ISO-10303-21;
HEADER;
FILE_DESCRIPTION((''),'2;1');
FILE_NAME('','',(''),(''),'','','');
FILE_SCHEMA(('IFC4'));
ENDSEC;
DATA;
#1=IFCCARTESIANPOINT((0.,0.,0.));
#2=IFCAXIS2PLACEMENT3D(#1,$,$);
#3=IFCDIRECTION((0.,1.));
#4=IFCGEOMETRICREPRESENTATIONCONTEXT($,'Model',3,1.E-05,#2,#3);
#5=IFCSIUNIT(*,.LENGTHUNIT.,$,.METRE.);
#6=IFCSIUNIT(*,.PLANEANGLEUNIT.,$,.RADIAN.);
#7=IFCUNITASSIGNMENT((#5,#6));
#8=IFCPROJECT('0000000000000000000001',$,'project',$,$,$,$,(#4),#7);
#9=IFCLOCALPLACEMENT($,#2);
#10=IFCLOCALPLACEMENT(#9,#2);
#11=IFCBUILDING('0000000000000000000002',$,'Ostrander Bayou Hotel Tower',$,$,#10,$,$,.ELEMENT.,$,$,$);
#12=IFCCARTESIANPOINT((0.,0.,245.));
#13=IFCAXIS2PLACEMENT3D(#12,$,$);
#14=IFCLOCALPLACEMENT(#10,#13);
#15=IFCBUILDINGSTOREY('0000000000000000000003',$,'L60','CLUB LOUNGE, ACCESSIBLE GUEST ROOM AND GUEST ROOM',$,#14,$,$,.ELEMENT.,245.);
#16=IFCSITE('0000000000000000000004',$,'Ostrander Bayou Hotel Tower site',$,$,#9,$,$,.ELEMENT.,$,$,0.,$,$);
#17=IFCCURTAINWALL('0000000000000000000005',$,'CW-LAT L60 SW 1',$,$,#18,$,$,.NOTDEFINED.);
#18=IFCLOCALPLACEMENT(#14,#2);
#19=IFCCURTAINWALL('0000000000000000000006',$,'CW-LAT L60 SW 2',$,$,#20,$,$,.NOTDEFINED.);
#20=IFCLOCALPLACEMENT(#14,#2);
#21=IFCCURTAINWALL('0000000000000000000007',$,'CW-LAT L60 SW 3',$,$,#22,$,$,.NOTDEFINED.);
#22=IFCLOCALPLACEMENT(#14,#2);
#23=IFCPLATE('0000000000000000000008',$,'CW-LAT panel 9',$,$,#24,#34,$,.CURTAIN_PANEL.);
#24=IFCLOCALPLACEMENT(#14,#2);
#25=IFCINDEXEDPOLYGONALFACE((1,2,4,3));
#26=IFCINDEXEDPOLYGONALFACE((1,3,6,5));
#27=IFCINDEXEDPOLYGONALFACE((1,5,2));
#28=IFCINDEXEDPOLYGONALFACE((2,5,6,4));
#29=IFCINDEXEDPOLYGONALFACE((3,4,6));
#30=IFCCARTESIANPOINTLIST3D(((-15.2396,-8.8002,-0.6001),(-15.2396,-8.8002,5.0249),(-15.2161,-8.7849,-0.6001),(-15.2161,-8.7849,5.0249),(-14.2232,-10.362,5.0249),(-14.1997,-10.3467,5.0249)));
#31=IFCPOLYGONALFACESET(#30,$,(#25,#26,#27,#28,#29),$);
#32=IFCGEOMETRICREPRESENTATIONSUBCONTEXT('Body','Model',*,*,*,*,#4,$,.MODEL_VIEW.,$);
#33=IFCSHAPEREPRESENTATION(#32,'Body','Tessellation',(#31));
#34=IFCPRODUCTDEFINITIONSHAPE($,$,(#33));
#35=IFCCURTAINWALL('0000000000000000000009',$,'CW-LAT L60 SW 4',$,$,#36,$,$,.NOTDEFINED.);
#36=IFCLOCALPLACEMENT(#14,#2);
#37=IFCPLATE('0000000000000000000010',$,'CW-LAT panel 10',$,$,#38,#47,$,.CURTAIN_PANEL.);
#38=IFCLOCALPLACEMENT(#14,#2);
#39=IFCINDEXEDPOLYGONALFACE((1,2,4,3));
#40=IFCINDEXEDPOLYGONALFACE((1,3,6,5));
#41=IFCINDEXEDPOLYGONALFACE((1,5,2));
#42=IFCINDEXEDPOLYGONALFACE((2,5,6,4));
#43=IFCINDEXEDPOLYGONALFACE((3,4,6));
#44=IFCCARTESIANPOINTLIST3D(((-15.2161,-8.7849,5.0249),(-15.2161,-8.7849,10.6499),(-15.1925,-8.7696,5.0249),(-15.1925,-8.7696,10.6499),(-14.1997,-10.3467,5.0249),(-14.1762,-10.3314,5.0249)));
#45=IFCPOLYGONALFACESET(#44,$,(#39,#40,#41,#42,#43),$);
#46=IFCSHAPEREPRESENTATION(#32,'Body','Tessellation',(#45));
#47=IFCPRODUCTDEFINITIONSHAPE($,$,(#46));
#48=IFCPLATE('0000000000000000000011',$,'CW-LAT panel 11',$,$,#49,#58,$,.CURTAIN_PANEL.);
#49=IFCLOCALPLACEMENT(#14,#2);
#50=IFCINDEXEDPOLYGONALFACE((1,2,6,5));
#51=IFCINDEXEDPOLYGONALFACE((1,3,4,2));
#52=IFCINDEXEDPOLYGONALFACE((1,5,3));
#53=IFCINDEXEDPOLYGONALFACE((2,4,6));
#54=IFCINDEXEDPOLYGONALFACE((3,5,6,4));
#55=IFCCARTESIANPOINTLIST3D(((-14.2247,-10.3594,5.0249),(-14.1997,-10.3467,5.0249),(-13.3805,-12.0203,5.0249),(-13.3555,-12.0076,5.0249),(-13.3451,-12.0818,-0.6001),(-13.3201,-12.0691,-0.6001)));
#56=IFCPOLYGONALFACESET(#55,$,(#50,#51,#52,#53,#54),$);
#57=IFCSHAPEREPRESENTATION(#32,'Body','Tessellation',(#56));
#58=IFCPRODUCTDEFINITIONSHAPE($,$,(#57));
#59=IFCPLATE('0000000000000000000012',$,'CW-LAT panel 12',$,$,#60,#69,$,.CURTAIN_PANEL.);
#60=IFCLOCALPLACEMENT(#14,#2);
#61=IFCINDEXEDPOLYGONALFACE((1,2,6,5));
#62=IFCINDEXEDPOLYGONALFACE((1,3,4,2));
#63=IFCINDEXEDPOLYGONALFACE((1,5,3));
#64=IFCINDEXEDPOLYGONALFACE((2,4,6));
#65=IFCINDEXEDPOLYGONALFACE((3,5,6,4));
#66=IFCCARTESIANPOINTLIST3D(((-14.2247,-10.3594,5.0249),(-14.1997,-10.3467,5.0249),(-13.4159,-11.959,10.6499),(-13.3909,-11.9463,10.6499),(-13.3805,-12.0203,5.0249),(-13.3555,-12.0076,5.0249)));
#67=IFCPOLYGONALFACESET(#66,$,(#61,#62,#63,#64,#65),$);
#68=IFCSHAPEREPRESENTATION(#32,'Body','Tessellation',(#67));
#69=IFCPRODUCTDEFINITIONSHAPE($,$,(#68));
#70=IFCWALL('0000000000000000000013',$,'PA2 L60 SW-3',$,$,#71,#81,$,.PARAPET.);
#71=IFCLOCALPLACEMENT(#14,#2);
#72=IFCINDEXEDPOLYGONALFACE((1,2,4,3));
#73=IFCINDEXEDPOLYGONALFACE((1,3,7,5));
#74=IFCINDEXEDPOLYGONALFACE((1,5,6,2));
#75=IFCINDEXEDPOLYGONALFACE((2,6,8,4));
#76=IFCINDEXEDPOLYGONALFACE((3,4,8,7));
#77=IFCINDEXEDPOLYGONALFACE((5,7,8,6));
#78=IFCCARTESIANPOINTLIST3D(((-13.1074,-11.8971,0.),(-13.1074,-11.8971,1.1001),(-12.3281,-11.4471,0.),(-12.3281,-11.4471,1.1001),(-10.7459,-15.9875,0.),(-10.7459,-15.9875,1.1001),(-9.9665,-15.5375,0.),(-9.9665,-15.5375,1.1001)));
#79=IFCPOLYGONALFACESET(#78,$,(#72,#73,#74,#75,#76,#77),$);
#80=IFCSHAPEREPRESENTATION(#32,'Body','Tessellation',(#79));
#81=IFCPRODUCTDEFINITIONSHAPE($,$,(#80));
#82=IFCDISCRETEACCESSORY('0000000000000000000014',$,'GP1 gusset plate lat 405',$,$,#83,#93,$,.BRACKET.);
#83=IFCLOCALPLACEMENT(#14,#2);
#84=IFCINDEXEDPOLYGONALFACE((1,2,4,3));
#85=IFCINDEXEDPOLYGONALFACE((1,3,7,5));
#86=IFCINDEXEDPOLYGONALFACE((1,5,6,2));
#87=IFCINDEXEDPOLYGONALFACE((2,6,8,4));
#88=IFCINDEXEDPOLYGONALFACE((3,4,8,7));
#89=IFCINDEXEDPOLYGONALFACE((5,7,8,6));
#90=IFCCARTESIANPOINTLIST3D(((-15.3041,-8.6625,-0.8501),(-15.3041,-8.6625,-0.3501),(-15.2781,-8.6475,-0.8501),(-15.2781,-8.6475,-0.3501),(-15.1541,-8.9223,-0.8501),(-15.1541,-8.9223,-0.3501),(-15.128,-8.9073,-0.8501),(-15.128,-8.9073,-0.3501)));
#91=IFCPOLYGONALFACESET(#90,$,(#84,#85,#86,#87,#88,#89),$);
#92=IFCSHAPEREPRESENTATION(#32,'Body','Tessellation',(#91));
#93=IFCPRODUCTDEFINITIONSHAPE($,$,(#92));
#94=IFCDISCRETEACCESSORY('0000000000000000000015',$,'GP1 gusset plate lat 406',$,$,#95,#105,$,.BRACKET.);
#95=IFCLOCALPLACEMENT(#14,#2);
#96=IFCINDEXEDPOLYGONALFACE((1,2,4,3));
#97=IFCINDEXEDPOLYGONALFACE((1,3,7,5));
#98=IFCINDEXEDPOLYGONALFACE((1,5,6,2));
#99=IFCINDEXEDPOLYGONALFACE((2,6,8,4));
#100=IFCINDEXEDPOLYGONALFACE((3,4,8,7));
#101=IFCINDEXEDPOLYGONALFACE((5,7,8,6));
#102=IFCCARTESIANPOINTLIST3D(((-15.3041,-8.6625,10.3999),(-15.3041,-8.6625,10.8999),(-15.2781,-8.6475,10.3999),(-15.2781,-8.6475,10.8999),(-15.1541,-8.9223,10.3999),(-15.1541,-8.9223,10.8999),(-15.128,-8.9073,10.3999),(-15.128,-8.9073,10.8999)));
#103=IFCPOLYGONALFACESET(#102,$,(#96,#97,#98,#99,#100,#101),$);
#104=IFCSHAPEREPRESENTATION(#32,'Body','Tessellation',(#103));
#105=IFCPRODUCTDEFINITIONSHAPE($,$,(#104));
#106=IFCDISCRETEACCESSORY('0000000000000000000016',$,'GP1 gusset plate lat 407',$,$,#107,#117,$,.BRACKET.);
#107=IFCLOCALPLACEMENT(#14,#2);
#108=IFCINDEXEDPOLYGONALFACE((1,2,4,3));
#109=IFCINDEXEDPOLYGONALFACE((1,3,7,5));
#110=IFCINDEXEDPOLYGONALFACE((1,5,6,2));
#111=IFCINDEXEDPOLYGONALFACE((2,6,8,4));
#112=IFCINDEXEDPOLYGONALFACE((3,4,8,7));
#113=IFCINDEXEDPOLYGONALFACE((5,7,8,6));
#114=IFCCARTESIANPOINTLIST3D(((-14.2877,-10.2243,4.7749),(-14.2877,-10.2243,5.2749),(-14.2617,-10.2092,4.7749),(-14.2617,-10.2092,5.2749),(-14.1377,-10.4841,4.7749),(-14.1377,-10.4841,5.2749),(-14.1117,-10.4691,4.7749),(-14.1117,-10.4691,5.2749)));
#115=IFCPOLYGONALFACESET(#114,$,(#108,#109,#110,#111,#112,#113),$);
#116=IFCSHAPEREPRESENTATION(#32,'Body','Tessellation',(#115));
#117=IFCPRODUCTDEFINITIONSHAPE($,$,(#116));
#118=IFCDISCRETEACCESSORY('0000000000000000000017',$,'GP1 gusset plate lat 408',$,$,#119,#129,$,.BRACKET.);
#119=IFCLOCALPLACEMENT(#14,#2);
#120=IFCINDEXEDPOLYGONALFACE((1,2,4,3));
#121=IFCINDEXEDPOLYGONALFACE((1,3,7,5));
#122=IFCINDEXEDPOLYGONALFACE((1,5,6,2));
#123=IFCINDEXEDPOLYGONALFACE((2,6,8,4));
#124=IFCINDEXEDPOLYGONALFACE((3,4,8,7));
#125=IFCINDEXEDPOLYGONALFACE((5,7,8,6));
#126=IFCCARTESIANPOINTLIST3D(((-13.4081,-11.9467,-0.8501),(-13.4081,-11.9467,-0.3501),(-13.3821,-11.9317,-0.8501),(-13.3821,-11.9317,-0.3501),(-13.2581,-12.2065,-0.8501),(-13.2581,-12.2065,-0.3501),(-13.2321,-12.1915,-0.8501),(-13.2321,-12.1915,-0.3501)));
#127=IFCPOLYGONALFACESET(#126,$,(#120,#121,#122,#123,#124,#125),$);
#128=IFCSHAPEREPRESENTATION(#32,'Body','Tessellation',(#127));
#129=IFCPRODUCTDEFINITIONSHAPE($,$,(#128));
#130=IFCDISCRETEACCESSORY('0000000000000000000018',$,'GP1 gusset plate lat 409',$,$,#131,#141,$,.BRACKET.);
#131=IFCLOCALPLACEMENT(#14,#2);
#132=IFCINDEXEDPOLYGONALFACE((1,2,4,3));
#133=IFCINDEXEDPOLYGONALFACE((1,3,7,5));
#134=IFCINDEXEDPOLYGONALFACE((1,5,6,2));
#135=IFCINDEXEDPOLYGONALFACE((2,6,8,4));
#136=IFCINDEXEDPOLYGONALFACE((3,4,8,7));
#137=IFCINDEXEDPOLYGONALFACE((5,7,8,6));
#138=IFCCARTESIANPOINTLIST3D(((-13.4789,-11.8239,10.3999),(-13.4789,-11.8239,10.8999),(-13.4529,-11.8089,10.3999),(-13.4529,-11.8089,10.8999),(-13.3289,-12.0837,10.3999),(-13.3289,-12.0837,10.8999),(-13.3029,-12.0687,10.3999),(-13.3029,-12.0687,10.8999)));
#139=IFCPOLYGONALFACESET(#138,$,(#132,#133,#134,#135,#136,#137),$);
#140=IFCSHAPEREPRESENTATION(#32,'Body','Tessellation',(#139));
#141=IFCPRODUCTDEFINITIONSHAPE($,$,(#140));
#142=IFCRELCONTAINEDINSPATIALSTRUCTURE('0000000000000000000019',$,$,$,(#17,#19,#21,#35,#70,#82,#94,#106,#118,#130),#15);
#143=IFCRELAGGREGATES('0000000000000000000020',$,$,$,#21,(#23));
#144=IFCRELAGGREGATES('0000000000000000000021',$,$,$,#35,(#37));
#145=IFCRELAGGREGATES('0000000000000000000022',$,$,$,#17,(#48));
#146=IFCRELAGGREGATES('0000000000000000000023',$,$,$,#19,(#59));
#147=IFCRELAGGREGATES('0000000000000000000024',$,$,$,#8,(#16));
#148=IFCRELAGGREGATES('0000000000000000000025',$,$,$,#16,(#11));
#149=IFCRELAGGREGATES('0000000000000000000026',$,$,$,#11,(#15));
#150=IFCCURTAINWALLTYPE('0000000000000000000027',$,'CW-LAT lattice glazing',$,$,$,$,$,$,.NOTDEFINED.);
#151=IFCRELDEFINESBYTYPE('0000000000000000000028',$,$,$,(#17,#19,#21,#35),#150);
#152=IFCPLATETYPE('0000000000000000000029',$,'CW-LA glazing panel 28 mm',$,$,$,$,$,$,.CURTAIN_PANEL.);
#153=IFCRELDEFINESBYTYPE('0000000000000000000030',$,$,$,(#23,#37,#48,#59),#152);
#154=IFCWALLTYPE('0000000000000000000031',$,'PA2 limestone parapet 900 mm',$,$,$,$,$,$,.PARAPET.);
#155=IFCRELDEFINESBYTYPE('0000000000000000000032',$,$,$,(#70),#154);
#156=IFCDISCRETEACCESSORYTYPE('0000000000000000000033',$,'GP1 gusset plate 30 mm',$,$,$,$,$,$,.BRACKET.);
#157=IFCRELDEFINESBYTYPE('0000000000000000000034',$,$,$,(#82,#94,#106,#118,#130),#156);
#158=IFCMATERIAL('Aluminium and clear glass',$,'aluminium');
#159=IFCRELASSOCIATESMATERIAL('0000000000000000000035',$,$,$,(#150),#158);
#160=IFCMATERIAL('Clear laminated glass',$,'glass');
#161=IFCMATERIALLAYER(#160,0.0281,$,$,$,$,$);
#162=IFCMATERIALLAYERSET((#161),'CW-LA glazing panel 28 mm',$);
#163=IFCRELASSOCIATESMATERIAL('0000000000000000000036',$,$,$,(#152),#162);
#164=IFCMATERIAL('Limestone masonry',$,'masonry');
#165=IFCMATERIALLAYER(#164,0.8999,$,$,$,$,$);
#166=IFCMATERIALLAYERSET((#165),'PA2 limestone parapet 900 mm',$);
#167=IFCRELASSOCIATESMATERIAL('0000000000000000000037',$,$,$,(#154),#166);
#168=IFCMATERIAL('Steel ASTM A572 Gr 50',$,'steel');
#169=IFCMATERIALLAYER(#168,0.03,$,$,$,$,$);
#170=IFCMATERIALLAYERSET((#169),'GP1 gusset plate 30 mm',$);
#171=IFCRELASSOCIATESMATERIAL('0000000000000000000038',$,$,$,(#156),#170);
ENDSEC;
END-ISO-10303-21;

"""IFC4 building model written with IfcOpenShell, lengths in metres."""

from ifc_helpers import new_model, si_unit, direction, frame, frame_2d, origin, origin_2d, place, context, subcontext, project, spatial, polyline, rectangle, outline, extrude, material, layer, layer_set, type_object, element, aggregate, save


model = new_model("IFC4")

# Units and contexts
model_context = context("Model", 3, precision=1e-05, world=origin(), true_north=direction((0.0, 1.0)))
body_context = subcontext(model_context, "Body", "Model", "MODEL_VIEW")
ifc_project = project(units=[si_unit("LENGTHUNIT", "METRE"), si_unit("PLANEANGLEUNIT", "RADIAN")], contexts=[model_context])

# Site, building, storey
site_placement = place(None, origin())
site = spatial("IfcSite", under=ifc_project, at=site_placement, Name="Ostrander Bayou Hotel Tower site", CompositionType="ELEMENT", RefElevation=0.0)
building_placement = place(site_placement, origin())
building = spatial("IfcBuilding", under=site, at=building_placement, Name="Ostrander Bayou Hotel Tower", CompositionType="ELEMENT")
storey_placement = place(building_placement, frame((0.0, 0.0, 245.0)))
storey = spatial("IfcBuildingStorey", under=building, at=storey_placement, Name="L60", Description="CLUB LOUNGE, ACCESSIBLE GUEST ROOM AND GUEST ROOM", CompositionType="ELEMENT", Elevation=245.0)

# Curtain walls
ifc_material_1 = material(Name="Aluminium and clear glass", Category="aluminium")
curtain_wall_type = type_object("IfcCurtainWallType", Name="CW-LAT lattice glazing", PredefinedType="NOTDEFINED", material=ifc_material_1)
curtain_wall_1_placement = place(storey_placement, origin())
curtain_wall_1 = element("IfcCurtainWall", 1, at=curtain_wall_1_placement, inside=storey, type_object=curtain_wall_type, Name="CW-LAT L60 SW 1", PredefinedType="NOTDEFINED")
curtain_wall_2_placement = place(storey_placement, origin())
curtain_wall_2 = element("IfcCurtainWall", 2, at=curtain_wall_2_placement, inside=storey, type_object=curtain_wall_type, Name="CW-LAT L60 SW 2", PredefinedType="NOTDEFINED")

# Curtain walls, plates
curtain_wall_3_placement = place(storey_placement, origin())
curtain_wall_3 = element("IfcCurtainWall", 3, at=curtain_wall_3_placement, inside=storey, type_object=curtain_wall_type, Name="CW-LAT L60 SW 3", PredefinedType="NOTDEFINED")
ifc_material_2 = material(Name="Clear laminated glass", Category="glass")
ifc_layer_1 = layer(ifc_material_2, 0.0281)
ifc_layer_set_1 = layer_set([ifc_layer_1], Name="CW-LA glazing panel 28 mm")
plate_type = type_object("IfcPlateType", Name="CW-LA glazing panel 28 mm", PredefinedType="CURTAIN_PANEL", material=ifc_layer_set_1)
plate_1_placement = place(storey_placement, frame((-14.1997, -10.3467, 5.0249), z_axis=(0.838147, 0.545444, 0.0), x_axis=(-0.17152, 0.263563, -0.949271)))
plate_1 = element("IfcPlate", 4, at=plate_1_placement, type_object=plate_type, Name="CW-LAT panel 9", PredefinedType="CURTAIN_PANEL", context=body_context, shape_type="SweptSolid", body=[
    extrude(outline(polyline([(0.0, 0.0), (5.9256, 0.0), (0.5859, 1.7688), (0.0, 0.0)])), origin(), (0.0, 0.0, -1.0), 0.0281),
])
aggregate(curtain_wall_3, [plate_1])
curtain_wall_4_placement = place(storey_placement, origin())
curtain_wall_4 = element("IfcCurtainWall", 5, at=curtain_wall_4_placement, inside=storey, type_object=curtain_wall_type, Name="CW-LAT L60 SW 4", PredefinedType="NOTDEFINED")
plate_2_placement = place(storey_placement, frame((-14.1997, -10.3467, 5.0249), z_axis=(-0.838147, -0.545444, 0.0), x_axis=(-0.17152, 0.263563, 0.949271)))
plate_2 = element("IfcPlate", 6, at=plate_2_placement, type_object=plate_type, Name="CW-LAT panel 10", PredefinedType="CURTAIN_PANEL", context=body_context, shape_type="SweptSolid", body=[
    extrude(outline(polyline([(0.0, 0.0), (5.9256, 0.0), (0.5859, 1.7688), (0.0, 0.0)])), origin(), (0.0, 0.0, -1.0), 0.0281),
])
aggregate(curtain_wall_4, [plate_2])

# Plates
plate_3_placement = place(storey_placement, frame((-14.1997, -10.3467, 5.0249), z_axis=(0.891446, 0.453127, 0.000654), x_axis=(0.147883, -0.289569, -0.945664)))
plate_3 = element("IfcPlate", 7, at=plate_3_placement, type_object=plate_type, Name="CW-LAT panel 11", PredefinedType="CURTAIN_PANEL", context=body_context, shape_type="SweptSolid", body=[
    extrude(outline(polyline([(0.0, 0.0), (5.9482, 0.0), (0.6058, -1.7619), (0.0, 0.0)])), origin(), (0.0, 0.0, -1.0), 0.0281),
])
aggregate(curtain_wall_1, [plate_3])
plate_4_placement = place(storey_placement, frame((-14.1997, -10.3467, 5.0249), z_axis=(0.891446, 0.453127, 0.000674), x_axis=(0.137005, -0.270951, 0.952793)))
plate_4 = element("IfcPlate", 8, at=plate_4_placement, type_object=plate_type, Name="CW-LAT panel 12", PredefinedType="CURTAIN_PANEL", context=body_context, shape_type="SweptSolid", body=[
    extrude(outline(polyline([(0.0, 0.0), (5.9037, 0.0), (0.5657, 1.7752), (0.0, 0.0)])), origin(), (0.0, 0.0, -1.0), 0.0281),
])
aggregate(curtain_wall_2, [plate_4])

# Wall
ifc_material_3 = material(Name="Limestone masonry", Category="masonry")
ifc_layer_2 = layer(ifc_material_3, 0.8999)
ifc_layer_set_2 = layer_set([ifc_layer_2], Name="PA2 limestone parapet 900 mm")
wall_type = type_object("IfcWallType", Name="PA2 limestone parapet 900 mm", PredefinedType="PARAPET", material=ifc_layer_set_2)
wall_placement = place(storey_placement, frame((-12.7178, -11.6721, 0.0), z_axis=(0.0, 0.0, 1.0), x_axis=(0.500003, -0.866024, 0.0)))
element("IfcWall", 9, at=wall_placement, inside=storey, type_object=wall_type, Name="PA2 L60 SW-3", PredefinedType="PARAPET", context=body_context, shape_type="SweptSolid", body=[
    extrude(rectangle(XDim=4.7231, YDim=0.8999, at=frame_2d((2.3616, 0.0))), origin(), (0.0, 0.0, 1.0), 1.1001),
])

# Discrete accessories
ifc_material_4 = material(Name="Steel ASTM A572 Gr 50", Category="steel")
ifc_layer_3 = layer(ifc_material_4, 0.03)
ifc_layer_set_3 = layer_set([ifc_layer_3], Name="GP1 gusset plate 30 mm")
discrete_accessory_type = type_object("IfcDiscreteAccessoryType", Name="GP1 gusset plate 30 mm", PredefinedType="BRACKET", material=ifc_layer_set_3)
for number, where, z_axis, x_axis, name in (
    (10, (-15.2161, -8.7849, -0.8501), (0.0, 0.0, 1.0), (0.5, -0.866025, 0.0), "GP1 gusset plate lat 405"),
    (11, (-15.2161, -8.7849, 10.3999), (0.0, 0.0, 1.0), (0.5, -0.866025, 0.0), "GP1 gusset plate lat 406"),
    (12, (-14.1997, -10.3467, 4.7749), (0.0, 0.0, 1.0), (0.5, -0.866025, 0.0), "GP1 gusset plate lat 407"),
    (13, (-13.3201, -12.0691, -0.8501), (0.0, 0.0, 1.0), (0.5, -0.866025, 0.0), "GP1 gusset plate lat 408"),
    (14, (-13.3909, -11.9463, 10.3999), (0.0, 0.0, 1.0), (0.5, -0.866025, 0.0), "GP1 gusset plate lat 409"),
):
    element("IfcDiscreteAccessory", number, at=place(storey_placement, frame(where, z_axis=z_axis, x_axis=x_axis)), inside=storey, type_object=discrete_accessory_type, Name=name, PredefinedType="BRACKET", context=body_context, shape_type="SweptSolid", body=[
        extrude(rectangle(XDim=0.3, YDim=0.03, at=origin_2d()), origin(), (0.0, 0.0, 1.0), 0.5),
    ])

save(model, "model.ifc")
